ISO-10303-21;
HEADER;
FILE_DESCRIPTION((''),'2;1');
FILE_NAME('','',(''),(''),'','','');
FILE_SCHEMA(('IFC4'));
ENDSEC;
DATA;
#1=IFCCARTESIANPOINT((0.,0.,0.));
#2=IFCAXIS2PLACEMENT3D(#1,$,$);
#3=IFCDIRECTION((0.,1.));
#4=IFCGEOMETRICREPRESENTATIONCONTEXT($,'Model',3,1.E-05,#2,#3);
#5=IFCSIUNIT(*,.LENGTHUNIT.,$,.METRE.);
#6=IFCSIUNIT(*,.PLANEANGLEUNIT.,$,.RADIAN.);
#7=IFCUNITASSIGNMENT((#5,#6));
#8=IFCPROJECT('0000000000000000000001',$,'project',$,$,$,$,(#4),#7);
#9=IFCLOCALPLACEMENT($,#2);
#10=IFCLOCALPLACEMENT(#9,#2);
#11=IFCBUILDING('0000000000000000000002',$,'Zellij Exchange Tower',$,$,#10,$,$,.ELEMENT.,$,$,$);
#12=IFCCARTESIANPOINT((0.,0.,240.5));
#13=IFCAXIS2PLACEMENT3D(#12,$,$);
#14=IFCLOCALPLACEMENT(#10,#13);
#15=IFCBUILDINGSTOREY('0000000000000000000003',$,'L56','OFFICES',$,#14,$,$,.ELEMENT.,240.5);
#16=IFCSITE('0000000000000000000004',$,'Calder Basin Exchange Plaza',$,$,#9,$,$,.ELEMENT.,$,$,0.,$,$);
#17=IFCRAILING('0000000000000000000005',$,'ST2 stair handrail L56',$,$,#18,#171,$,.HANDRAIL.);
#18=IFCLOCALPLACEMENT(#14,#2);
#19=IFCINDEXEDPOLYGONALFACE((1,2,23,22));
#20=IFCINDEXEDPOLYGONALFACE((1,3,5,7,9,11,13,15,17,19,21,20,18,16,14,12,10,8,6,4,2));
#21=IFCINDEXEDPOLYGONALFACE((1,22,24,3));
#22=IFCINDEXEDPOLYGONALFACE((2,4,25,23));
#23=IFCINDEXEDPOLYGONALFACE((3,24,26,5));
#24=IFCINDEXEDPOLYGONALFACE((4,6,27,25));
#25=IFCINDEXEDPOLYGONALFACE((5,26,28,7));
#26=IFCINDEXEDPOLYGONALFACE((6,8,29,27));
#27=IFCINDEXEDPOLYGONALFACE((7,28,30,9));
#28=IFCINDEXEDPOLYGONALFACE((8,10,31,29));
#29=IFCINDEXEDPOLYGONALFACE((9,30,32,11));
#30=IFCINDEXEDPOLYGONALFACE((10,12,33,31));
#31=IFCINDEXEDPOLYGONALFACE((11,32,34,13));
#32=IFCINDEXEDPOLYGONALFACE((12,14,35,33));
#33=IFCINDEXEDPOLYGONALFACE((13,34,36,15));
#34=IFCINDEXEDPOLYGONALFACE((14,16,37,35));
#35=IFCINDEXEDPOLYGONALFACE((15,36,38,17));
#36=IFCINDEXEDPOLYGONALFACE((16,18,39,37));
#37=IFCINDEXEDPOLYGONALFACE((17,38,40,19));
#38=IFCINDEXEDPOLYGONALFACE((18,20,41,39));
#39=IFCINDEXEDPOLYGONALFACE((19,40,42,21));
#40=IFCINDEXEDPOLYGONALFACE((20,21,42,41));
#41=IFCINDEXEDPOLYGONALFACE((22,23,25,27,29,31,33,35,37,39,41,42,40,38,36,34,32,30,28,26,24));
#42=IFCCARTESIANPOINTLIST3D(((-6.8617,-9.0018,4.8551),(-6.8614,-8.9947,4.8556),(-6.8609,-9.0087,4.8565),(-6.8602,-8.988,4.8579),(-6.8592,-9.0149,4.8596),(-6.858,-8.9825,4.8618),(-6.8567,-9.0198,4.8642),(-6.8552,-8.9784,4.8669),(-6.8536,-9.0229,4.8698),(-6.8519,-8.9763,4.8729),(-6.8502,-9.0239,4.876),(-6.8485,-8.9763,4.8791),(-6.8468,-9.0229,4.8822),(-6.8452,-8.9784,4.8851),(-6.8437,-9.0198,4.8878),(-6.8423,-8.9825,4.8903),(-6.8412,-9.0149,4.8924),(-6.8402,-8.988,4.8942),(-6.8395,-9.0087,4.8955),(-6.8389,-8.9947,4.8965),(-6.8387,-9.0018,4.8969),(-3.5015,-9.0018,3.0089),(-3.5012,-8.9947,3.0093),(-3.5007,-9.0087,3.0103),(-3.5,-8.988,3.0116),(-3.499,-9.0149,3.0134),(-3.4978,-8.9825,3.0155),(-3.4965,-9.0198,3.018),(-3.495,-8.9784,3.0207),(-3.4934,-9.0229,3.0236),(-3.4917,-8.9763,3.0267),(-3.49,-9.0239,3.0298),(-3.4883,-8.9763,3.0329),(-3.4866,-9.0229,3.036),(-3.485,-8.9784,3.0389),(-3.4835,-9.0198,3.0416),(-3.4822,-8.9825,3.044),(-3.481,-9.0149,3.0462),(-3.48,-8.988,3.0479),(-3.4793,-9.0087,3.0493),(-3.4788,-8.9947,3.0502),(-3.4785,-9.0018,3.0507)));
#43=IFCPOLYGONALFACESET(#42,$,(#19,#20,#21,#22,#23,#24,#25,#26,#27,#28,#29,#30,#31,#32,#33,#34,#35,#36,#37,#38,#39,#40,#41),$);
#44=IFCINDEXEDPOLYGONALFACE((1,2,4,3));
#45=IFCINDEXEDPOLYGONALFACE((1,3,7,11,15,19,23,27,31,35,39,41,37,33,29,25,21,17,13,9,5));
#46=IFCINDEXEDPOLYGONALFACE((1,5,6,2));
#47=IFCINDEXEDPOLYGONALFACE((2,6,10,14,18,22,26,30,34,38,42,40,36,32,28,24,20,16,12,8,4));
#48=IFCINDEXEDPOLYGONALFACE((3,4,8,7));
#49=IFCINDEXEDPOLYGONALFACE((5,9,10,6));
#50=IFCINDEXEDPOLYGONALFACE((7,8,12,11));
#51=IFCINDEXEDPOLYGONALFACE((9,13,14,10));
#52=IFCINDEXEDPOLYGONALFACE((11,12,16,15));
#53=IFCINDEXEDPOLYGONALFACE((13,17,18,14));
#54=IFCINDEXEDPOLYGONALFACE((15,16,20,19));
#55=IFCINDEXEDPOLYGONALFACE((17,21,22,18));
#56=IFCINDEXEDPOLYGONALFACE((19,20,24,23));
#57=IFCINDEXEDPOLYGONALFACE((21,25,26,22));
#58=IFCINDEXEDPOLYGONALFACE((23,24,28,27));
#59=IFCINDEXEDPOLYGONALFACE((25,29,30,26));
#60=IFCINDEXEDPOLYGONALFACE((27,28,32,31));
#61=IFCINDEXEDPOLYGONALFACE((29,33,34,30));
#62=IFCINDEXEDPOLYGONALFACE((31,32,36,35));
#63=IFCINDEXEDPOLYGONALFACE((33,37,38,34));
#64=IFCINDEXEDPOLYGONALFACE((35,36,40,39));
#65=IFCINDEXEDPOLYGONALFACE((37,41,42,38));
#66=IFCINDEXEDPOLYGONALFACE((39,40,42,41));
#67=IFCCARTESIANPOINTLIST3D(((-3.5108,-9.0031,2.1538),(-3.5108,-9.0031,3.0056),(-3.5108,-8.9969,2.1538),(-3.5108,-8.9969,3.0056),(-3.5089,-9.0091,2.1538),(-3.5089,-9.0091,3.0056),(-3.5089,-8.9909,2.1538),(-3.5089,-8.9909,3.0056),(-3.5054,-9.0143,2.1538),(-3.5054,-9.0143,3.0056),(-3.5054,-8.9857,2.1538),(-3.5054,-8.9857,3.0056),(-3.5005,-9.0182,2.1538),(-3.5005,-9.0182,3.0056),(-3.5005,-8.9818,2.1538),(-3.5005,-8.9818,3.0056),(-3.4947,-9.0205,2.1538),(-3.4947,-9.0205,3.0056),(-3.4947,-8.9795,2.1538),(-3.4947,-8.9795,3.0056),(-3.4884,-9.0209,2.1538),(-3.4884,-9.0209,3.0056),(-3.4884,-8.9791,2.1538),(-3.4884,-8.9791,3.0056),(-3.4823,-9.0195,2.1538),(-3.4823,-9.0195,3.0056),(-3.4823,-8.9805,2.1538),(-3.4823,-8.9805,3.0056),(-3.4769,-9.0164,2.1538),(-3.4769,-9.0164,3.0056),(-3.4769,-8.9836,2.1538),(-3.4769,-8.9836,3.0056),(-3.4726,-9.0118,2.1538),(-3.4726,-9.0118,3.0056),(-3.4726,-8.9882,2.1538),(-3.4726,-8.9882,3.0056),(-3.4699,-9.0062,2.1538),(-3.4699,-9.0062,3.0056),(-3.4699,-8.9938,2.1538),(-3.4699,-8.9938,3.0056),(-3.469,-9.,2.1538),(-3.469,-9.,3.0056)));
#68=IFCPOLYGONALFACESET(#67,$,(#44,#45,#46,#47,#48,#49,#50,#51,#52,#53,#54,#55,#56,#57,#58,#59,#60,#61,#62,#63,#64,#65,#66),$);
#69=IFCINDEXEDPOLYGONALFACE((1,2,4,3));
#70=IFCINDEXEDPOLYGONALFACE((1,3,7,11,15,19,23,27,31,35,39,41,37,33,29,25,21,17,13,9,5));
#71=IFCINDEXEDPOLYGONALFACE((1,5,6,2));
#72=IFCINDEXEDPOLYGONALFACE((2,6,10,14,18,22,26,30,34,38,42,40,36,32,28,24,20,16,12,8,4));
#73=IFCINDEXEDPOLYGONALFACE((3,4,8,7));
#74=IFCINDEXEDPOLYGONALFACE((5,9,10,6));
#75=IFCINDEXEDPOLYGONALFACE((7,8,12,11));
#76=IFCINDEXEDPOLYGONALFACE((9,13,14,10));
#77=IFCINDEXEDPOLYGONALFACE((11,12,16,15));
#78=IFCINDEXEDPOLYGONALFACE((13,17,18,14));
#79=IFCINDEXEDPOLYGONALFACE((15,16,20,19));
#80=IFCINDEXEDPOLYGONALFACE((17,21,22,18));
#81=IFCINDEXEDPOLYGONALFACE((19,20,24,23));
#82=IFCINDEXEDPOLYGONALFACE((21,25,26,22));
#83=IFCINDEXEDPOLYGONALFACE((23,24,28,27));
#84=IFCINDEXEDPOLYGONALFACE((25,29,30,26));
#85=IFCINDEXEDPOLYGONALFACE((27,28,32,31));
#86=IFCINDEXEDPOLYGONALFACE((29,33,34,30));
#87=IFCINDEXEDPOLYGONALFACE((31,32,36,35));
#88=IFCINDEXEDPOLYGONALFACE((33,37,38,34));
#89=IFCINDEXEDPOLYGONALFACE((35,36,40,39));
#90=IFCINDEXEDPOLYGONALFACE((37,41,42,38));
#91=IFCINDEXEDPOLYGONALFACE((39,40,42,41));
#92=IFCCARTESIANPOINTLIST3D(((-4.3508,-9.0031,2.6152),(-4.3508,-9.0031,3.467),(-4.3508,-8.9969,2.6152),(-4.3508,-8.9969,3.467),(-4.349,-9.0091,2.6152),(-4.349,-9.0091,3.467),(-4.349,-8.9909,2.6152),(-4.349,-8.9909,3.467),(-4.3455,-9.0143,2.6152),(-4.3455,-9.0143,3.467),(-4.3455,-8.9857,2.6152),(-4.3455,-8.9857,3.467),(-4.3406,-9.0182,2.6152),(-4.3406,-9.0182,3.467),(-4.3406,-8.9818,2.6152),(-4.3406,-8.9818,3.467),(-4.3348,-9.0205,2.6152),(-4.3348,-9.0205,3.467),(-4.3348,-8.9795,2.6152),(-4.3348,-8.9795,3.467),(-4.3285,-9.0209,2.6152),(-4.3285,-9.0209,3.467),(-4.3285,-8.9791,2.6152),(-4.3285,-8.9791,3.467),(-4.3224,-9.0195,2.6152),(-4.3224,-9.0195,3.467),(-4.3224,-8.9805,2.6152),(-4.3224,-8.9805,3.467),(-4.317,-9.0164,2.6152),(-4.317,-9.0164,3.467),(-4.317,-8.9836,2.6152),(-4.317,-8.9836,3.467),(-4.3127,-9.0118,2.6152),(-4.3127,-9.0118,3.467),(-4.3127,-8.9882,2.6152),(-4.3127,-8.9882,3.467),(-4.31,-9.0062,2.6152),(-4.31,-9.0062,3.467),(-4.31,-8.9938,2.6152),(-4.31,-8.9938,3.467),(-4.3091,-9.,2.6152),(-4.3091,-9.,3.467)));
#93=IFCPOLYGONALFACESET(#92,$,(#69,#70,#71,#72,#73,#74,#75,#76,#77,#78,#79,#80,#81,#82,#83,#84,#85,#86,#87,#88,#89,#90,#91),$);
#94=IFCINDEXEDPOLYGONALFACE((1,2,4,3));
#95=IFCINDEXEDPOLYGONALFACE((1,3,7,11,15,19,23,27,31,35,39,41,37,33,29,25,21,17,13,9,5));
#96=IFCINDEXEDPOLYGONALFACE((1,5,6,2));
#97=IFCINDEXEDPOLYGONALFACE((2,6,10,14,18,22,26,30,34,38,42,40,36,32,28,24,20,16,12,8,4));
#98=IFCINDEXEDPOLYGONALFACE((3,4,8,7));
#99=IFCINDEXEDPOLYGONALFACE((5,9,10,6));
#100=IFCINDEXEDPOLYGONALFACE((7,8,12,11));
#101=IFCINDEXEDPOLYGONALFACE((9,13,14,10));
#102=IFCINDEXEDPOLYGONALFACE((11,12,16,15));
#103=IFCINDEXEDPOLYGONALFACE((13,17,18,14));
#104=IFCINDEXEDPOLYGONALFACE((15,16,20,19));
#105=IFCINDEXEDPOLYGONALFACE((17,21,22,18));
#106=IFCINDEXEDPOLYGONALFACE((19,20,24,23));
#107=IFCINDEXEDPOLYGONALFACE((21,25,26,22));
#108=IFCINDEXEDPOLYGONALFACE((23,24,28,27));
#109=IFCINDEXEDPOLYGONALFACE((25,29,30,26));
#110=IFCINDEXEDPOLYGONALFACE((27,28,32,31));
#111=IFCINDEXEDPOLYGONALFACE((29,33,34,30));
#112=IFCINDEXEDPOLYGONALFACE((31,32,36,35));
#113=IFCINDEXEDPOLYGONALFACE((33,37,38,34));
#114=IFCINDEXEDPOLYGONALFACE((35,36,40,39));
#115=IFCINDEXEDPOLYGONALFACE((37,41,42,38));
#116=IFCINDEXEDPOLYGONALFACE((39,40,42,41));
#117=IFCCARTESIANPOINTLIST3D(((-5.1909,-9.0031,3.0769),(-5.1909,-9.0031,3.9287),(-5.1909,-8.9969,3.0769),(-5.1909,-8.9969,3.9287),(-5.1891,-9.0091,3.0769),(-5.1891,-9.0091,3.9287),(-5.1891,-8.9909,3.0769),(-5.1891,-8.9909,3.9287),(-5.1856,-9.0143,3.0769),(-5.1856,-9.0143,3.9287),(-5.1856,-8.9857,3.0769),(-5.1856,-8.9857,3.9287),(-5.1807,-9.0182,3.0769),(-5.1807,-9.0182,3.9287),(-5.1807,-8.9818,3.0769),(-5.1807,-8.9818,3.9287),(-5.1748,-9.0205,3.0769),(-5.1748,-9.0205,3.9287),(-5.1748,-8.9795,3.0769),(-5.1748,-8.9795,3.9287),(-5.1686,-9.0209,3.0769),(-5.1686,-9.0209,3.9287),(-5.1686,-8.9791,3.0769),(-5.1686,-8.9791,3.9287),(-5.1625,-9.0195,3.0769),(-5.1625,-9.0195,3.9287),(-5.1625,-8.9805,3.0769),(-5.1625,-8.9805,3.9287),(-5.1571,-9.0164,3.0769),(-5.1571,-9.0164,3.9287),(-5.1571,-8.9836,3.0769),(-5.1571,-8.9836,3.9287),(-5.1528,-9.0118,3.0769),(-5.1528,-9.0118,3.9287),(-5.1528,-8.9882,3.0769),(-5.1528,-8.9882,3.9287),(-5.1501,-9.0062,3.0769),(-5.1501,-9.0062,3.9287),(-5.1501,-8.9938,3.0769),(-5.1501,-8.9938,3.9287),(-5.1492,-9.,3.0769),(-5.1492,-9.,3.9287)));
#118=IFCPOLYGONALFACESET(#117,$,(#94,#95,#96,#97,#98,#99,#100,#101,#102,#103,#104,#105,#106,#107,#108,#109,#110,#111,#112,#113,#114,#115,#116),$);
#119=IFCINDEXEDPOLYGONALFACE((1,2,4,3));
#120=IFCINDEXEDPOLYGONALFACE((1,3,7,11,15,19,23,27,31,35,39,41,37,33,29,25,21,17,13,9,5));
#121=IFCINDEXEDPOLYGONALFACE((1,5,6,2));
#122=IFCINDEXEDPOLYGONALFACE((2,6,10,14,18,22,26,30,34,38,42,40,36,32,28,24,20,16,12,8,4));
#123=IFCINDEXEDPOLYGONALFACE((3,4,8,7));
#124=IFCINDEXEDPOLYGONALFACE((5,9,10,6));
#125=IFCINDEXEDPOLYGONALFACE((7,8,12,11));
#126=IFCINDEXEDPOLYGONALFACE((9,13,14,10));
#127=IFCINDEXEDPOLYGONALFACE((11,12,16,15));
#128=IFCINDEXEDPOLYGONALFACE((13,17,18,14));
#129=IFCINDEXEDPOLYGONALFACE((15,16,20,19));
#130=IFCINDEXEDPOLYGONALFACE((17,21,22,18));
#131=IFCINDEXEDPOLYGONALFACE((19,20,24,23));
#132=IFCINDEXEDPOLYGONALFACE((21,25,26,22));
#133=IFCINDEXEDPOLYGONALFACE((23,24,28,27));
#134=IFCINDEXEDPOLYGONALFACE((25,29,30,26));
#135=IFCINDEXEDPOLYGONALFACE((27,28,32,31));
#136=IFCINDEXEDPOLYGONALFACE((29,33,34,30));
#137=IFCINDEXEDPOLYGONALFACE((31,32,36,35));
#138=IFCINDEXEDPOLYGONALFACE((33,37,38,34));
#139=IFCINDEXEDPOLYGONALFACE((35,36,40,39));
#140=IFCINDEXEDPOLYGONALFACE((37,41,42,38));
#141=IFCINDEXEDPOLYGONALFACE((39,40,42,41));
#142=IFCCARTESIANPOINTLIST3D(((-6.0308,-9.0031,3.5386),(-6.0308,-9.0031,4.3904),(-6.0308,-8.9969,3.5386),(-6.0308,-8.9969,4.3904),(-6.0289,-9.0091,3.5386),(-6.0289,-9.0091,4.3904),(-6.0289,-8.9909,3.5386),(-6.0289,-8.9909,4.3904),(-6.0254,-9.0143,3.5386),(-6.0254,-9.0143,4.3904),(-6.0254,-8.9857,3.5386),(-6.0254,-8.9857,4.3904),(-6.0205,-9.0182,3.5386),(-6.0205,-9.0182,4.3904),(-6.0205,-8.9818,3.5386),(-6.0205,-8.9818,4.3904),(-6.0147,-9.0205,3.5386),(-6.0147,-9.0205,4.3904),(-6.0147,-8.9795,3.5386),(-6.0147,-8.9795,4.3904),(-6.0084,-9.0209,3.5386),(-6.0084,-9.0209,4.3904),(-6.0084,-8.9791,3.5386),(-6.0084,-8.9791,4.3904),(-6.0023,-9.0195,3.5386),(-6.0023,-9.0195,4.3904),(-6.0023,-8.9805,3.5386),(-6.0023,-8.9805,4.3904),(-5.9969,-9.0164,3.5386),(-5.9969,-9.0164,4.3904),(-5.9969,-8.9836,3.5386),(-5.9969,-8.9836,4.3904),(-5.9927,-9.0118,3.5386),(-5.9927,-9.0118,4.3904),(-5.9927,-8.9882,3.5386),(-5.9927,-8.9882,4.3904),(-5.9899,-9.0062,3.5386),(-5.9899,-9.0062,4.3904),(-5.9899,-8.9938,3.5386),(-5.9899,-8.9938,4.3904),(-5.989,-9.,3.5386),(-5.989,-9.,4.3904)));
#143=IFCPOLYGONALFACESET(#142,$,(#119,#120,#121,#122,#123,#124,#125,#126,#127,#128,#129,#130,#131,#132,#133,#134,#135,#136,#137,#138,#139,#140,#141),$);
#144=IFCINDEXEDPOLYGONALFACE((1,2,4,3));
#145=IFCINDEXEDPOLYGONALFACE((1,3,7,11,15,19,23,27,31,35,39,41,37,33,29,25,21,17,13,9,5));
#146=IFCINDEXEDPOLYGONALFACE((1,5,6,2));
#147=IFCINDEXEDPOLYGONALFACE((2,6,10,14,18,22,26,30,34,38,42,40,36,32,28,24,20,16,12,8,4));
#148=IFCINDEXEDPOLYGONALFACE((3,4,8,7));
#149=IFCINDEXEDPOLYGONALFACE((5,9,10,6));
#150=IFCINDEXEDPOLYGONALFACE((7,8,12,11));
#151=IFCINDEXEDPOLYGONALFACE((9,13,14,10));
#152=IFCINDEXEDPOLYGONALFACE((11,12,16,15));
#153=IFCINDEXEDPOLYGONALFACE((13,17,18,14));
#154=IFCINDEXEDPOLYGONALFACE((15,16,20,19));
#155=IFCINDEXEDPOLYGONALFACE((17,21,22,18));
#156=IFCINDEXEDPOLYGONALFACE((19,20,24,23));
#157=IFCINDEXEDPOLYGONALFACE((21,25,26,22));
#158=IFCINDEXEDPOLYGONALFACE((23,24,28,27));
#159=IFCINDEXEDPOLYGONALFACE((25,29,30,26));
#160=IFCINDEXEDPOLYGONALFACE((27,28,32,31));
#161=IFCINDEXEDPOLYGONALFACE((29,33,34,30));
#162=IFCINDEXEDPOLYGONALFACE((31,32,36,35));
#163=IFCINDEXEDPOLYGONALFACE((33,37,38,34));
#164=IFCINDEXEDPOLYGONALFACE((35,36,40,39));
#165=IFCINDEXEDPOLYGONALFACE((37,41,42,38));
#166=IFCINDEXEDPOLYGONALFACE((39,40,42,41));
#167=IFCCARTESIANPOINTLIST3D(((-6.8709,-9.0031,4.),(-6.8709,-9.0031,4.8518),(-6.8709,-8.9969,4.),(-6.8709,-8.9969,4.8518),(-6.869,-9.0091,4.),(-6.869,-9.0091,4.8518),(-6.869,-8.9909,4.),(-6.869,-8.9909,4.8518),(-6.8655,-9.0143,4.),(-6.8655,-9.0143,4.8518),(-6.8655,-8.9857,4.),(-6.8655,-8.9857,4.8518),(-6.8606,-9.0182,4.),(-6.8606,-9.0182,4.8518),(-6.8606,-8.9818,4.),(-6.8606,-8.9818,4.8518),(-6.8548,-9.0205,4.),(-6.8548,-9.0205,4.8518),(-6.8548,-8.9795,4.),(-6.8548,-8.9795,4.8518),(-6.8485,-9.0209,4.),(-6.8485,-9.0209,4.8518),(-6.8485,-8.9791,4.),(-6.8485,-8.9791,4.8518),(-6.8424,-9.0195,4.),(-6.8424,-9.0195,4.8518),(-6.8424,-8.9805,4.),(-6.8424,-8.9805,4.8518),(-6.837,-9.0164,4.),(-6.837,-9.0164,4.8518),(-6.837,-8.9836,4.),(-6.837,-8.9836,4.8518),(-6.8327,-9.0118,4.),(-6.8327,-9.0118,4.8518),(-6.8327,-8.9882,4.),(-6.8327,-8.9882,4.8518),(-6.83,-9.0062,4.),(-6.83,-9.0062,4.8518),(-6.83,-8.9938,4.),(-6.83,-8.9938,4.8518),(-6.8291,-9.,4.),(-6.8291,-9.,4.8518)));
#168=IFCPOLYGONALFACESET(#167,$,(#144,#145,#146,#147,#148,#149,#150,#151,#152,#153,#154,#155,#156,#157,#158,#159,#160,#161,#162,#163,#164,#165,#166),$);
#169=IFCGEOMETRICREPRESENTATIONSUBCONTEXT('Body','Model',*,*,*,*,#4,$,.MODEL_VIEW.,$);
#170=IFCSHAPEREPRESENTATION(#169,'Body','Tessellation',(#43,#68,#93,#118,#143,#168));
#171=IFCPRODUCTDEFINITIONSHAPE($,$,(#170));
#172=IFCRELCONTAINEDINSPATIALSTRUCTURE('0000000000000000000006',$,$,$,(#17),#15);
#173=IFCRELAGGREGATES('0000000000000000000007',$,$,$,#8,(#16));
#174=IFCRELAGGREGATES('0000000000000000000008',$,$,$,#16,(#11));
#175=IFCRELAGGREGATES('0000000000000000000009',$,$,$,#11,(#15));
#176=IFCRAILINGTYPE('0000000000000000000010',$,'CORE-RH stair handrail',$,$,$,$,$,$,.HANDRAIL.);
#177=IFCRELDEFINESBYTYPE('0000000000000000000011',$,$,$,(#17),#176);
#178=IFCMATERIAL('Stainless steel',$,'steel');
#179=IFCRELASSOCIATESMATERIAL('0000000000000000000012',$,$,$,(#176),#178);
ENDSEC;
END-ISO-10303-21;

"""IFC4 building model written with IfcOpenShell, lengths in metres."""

from ifc_helpers import new_model, si_unit, direction, frame, origin, origin_2d, place, context, subcontext, project, spatial, circle, extrude, material, type_object, element, save


model = new_model("IFC4")

# Units and contexts
model_context = context("Model", 3, precision=1e-05, world=origin(), true_north=direction((0.0, 1.0)))
body_context = subcontext(model_context, "Body", "Model", "MODEL_VIEW")
ifc_project = project(units=[si_unit("LENGTHUNIT", "METRE"), si_unit("PLANEANGLEUNIT", "RADIAN")], contexts=[model_context])

# Site, building, storey
site_placement = place(None, origin())
site = spatial("IfcSite", under=ifc_project, at=site_placement, Name="Calder Basin Exchange Plaza", CompositionType="ELEMENT", RefElevation=0.0)
building_placement = place(site_placement, origin())
building = spatial("IfcBuilding", under=site, at=building_placement, Name="Zellij Exchange Tower", CompositionType="ELEMENT")
storey_placement = place(building_placement, frame((0.0, 0.0, 240.5)))
storey = spatial("IfcBuildingStorey", under=building, at=storey_placement, Name="L56", Description="OFFICES", CompositionType="ELEMENT", Elevation=240.5)

# Railing
ifc_material_1 = material(Name="Stainless steel", Category="steel")
railing_type_1 = type_object("IfcRailingType", Name="CORE-RH stair handrail", PredefinedType="HANDRAIL", material=ifc_material_1)
railing_1_placement = place(storey_placement, frame((-3.49, -9.0, 2.1538)))
element("IfcRailing", 1, at=railing_1_placement, inside=storey, type_object=railing_type_1, Name="ST2 stair handrail L56", PredefinedType="HANDRAIL", context=body_context, shape_type="SweptSolid", body=[
    extrude(circle(Radius=0.0239, at=origin_2d()), frame((0.0, 0.0, 0.876), z_axis=(-0.876422, 0.0, 0.481545), x_axis=(0.0, -1.0, 0.0)), (0.0, 0.0, 1.0), 3.834),
    extrude(circle(Radius=0.021, at=origin_2d()), origin(), (0.0, 0.0, 1.0), 0.8518),
    extrude(circle(Radius=0.021, at=origin_2d()), frame((-0.8401, 0.0, 0.4614)), (0.0, 0.0, 1.0), 0.8518),
    extrude(circle(Radius=0.021, at=origin_2d()), frame((-1.6802, 0.0, 0.9231)), (0.0, 0.0, 1.0), 0.8518),
    extrude(circle(Radius=0.021, at=origin_2d()), frame((-2.52, 0.0, 1.3848)), (0.0, 0.0, 1.0), 0.8518),
    extrude(circle(Radius=0.021, at=origin_2d()), frame((-3.3601, 0.0, 1.8462)), (0.0, 0.0, 1.0), 0.8518),
])

save(model, "model.ifc")
